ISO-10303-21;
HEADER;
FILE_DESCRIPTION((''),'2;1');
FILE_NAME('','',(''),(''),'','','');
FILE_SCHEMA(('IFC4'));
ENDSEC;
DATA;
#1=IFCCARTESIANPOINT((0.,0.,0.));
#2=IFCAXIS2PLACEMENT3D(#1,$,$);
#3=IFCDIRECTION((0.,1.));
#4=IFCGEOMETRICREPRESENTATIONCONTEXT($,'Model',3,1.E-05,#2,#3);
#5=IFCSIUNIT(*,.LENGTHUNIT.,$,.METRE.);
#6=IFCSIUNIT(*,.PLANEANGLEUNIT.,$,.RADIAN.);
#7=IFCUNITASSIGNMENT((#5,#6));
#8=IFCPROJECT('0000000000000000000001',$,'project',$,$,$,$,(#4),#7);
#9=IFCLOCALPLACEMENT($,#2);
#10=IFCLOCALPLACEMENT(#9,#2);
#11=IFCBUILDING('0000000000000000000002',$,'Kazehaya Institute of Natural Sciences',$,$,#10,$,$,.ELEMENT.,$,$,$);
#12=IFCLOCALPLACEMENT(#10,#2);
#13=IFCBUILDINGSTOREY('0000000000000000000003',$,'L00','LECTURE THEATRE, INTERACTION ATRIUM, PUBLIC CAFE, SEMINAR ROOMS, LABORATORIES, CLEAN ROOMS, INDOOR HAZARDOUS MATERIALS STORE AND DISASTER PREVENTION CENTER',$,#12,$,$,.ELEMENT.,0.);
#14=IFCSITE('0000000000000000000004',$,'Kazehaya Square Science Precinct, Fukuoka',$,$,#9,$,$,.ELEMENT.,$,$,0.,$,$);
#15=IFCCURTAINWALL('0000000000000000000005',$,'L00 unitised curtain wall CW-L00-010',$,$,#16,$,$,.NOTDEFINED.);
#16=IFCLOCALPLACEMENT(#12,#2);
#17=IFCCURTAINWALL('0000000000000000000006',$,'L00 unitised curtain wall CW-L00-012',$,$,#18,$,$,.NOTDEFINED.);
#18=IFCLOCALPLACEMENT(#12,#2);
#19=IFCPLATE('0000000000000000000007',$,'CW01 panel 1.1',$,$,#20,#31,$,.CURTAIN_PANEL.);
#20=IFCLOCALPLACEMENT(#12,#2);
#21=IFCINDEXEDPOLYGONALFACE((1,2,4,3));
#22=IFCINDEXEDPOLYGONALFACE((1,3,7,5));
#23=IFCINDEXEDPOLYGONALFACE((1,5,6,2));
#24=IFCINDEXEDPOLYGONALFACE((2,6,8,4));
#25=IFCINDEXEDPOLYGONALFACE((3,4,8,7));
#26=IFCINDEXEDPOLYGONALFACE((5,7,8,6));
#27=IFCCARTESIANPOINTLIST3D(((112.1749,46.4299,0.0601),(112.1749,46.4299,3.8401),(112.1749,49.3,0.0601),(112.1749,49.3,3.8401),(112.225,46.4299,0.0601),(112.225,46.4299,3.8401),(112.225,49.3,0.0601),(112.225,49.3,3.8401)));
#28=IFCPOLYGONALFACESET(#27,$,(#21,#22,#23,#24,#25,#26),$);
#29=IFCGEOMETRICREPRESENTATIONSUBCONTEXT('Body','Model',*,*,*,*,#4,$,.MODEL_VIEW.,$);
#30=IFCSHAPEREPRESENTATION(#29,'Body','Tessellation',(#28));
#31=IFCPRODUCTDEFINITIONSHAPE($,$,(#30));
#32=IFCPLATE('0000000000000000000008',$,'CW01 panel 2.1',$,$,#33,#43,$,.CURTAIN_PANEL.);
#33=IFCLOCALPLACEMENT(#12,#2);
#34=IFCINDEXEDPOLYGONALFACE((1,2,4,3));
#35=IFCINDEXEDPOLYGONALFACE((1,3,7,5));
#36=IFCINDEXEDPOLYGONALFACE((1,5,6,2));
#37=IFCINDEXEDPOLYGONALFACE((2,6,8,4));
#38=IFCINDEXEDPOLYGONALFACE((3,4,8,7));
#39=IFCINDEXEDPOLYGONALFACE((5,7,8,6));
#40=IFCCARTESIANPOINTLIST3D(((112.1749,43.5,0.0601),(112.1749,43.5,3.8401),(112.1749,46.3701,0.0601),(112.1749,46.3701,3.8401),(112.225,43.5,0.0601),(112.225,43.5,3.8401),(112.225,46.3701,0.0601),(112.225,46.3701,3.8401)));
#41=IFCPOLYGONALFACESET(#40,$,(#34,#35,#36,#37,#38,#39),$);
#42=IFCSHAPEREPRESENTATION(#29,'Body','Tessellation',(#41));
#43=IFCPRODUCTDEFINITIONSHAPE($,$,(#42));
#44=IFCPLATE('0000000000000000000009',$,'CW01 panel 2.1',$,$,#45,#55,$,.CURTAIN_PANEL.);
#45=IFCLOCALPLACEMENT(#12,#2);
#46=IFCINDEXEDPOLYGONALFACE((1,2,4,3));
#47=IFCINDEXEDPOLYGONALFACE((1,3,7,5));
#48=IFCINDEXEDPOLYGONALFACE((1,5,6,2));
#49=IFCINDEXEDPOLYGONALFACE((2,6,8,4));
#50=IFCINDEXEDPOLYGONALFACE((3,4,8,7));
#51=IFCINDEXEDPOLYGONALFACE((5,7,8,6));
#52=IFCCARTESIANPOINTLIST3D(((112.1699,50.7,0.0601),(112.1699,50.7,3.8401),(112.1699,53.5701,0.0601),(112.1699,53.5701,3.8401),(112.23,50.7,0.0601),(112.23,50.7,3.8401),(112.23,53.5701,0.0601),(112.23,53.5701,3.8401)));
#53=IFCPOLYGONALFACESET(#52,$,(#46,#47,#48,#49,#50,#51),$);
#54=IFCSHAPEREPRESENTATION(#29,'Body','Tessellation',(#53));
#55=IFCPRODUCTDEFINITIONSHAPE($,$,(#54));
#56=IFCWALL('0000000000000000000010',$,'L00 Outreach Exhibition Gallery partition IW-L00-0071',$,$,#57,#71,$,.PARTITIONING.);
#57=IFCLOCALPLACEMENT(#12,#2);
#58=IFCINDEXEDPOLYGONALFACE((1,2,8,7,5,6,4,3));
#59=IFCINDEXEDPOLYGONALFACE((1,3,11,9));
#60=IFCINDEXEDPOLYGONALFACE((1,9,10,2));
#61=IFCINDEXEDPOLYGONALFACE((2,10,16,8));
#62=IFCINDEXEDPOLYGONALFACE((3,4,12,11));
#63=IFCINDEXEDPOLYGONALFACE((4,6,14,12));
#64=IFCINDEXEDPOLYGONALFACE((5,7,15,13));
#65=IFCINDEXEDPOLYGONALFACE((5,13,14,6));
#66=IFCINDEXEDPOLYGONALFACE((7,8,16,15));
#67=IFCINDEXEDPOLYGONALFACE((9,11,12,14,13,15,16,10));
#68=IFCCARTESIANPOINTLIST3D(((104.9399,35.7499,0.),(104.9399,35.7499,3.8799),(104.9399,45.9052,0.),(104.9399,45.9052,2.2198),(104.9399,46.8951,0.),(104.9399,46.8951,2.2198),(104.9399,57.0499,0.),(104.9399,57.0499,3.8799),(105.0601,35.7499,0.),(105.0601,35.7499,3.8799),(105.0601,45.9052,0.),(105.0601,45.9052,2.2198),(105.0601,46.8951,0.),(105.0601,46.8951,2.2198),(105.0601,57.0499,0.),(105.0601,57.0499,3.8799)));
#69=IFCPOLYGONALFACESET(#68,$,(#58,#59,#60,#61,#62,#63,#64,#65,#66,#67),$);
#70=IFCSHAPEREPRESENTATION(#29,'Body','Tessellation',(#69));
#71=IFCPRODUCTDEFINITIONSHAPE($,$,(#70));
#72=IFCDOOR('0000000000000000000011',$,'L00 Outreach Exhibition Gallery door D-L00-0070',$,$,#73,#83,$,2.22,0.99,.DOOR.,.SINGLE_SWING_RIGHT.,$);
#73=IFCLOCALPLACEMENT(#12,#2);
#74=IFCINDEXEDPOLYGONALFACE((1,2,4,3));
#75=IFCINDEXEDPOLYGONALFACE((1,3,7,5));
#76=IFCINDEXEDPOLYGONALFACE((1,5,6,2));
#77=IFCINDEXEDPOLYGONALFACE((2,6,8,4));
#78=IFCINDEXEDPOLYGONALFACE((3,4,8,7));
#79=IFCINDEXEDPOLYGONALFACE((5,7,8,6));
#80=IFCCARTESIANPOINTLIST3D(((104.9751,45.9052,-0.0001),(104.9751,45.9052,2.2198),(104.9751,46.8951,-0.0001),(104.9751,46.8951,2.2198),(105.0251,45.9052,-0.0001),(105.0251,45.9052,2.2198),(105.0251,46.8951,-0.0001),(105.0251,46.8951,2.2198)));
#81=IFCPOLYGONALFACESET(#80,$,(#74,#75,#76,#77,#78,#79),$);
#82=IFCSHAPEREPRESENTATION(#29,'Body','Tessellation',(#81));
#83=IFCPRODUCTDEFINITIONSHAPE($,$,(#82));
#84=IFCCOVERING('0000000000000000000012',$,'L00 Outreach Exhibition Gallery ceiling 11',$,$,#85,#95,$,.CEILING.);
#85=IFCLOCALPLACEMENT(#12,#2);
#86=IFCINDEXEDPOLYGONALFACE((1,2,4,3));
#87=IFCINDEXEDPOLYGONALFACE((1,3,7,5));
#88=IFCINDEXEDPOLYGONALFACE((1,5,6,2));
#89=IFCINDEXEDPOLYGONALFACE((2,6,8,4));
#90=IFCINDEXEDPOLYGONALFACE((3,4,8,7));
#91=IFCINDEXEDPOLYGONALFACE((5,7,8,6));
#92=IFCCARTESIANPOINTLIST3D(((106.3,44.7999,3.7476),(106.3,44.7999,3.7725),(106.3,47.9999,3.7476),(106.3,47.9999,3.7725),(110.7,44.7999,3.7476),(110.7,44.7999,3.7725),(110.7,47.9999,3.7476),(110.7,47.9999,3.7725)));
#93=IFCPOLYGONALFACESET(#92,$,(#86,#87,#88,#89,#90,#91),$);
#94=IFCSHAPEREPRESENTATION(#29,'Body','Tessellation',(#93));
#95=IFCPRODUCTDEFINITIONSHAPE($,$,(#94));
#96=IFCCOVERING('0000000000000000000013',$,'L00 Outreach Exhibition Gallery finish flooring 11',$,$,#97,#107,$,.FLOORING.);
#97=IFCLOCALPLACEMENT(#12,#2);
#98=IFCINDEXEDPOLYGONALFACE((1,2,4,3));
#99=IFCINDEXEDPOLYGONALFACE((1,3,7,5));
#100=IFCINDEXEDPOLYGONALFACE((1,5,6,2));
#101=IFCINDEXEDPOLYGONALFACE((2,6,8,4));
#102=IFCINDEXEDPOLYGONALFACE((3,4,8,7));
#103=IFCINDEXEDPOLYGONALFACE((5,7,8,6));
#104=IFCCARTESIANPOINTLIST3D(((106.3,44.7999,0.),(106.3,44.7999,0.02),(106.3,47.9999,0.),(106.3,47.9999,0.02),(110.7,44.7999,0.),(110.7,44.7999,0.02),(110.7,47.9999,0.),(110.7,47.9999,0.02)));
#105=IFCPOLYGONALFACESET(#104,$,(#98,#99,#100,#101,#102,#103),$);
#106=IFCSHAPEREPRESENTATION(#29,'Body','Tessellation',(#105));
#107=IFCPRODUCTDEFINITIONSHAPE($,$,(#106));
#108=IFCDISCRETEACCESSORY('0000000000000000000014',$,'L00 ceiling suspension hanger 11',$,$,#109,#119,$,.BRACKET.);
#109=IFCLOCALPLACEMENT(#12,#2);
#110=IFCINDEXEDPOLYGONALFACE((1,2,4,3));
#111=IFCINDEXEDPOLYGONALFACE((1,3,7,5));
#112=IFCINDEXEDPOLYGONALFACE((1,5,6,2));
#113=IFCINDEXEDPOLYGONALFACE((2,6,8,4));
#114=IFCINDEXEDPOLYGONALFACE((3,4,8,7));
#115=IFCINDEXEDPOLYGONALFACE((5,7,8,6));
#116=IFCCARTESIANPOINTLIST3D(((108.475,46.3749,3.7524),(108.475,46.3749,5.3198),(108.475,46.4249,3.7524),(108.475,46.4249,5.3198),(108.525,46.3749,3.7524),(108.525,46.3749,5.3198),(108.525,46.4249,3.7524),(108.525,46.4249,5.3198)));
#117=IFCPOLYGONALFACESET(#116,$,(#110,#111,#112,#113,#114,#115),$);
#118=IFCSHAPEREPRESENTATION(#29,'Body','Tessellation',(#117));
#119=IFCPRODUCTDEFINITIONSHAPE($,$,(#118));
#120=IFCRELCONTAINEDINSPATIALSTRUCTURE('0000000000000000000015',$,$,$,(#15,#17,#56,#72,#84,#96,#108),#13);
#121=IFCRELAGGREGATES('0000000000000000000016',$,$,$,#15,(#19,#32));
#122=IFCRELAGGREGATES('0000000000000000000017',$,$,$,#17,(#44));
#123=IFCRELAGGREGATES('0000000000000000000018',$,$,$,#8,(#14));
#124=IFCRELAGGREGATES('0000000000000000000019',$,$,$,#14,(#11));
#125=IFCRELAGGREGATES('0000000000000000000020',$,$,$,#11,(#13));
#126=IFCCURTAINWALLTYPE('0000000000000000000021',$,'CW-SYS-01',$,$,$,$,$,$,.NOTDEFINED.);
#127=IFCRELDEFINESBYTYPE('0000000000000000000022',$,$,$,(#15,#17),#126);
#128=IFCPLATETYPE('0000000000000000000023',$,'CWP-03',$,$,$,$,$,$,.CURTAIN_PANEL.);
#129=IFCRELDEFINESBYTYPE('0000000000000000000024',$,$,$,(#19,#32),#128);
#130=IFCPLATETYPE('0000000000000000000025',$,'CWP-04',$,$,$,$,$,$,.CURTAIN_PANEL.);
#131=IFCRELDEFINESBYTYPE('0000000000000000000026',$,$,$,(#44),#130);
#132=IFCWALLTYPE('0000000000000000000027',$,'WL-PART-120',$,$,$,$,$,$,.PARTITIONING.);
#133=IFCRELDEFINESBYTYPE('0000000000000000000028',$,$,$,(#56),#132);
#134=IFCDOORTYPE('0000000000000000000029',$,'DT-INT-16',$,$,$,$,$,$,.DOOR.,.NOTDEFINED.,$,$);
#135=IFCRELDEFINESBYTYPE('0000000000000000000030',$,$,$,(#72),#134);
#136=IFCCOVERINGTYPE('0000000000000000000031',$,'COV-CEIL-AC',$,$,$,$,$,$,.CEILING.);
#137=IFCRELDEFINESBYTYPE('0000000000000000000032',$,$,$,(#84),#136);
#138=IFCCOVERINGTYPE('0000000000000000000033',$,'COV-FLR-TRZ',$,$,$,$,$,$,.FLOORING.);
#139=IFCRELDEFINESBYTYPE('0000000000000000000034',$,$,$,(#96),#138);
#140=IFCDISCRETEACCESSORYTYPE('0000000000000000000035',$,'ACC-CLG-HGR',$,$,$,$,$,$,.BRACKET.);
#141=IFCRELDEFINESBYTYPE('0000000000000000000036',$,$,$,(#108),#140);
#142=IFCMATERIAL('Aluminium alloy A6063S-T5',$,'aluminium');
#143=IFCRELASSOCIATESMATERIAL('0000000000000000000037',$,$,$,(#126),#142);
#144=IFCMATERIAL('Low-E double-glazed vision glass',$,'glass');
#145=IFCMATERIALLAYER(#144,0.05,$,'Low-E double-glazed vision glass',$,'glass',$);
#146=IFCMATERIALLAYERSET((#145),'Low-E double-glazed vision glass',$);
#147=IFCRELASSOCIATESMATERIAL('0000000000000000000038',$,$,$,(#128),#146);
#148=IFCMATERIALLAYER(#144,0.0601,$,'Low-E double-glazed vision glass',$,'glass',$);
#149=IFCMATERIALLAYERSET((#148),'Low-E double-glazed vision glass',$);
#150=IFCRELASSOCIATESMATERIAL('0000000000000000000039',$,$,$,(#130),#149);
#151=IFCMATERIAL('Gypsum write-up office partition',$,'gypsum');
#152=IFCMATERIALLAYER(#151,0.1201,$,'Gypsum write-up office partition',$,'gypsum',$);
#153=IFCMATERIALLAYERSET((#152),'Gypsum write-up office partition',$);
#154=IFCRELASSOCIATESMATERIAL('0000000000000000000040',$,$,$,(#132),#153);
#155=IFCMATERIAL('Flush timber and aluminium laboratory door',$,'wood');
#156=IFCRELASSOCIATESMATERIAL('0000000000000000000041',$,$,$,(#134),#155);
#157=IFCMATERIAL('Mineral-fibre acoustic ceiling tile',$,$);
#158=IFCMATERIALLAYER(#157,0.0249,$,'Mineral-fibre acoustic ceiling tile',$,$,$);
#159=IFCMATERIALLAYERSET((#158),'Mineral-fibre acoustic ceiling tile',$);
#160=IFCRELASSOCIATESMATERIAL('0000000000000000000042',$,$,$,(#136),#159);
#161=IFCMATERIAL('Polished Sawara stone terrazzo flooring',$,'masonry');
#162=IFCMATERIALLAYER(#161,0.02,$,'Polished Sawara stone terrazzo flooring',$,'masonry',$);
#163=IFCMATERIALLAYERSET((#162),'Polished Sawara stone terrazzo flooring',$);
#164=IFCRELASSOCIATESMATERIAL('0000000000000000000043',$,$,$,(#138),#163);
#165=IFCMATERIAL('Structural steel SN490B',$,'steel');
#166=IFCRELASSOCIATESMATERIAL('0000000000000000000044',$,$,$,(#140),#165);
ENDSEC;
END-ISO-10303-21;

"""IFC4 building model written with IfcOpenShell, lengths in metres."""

from ifc_helpers import new_model, si_unit, direction, frame, frame_2d, origin, origin_2d, place, context, subcontext, project, spatial, rectangle, extrude, material, layer, layer_set, type_object, element, fill, aggregate, save


model = new_model("IFC4")

# Units and contexts
model_context = context("Model", 3, precision=1e-05, world=origin(), true_north=direction((0.0, 1.0)))
body_context = subcontext(model_context, "Body", "Model", "MODEL_VIEW")
ifc_project = project(units=[si_unit("LENGTHUNIT", "METRE"), si_unit("PLANEANGLEUNIT", "RADIAN")], contexts=[model_context])

# Site, building, storey
site_placement = place(None, origin())
site = spatial("IfcSite", under=ifc_project, at=site_placement, Name="Kazehaya Square Science Precinct, Fukuoka", CompositionType="ELEMENT", RefElevation=0.0)
building_placement = place(site_placement, origin())
building = spatial("IfcBuilding", under=site, at=building_placement, Name="Kazehaya Institute of Natural Sciences", CompositionType="ELEMENT")
storey_placement = place(building_placement, origin())
storey = spatial("IfcBuildingStorey", under=building, at=storey_placement, Name="L00", Description="LECTURE THEATRE, INTERACTION ATRIUM, PUBLIC CAFE, SEMINAR ROOMS, LABORATORIES, CLEAN ROOMS, INDOOR HAZARDOUS MATERIALS STORE AND DISASTER PREVENTION CENTER", CompositionType="ELEMENT", Elevation=0.0)

# Shared definitions
ifc_material_1 = material(Name="Structural steel SN490B", Category="steel")

# Curtain wall
ifc_material_2 = material(Name="Aluminium alloy A6063S-T5", Category="aluminium")
curtain_wall_type = type_object("IfcCurtainWallType", Name="CW-SYS-01", PredefinedType="NOTDEFINED", material=ifc_material_2)
curtain_wall_1_placement = place(storey_placement, origin())
curtain_wall_1 = element("IfcCurtainWall", 1, at=curtain_wall_1_placement, inside=storey, type_object=curtain_wall_type, Name="L00 unitised curtain wall CW-L00-010", PredefinedType="NOTDEFINED")

# Curtain wall
curtain_wall_2_placement = place(storey_placement, origin())
curtain_wall_2 = element("IfcCurtainWall", 2, at=curtain_wall_2_placement, inside=storey, type_object=curtain_wall_type, Name="L00 unitised curtain wall CW-L00-012", PredefinedType="NOTDEFINED")

# Plates
ifc_material_3 = material(Name="Low-E double-glazed vision glass", Category="glass")
ifc_layer_1 = layer(ifc_material_3, 0.05, Name="Low-E double-glazed vision glass", Category="glass")
ifc_layer_set_1 = layer_set([ifc_layer_1], Name="Low-E double-glazed vision glass")
plate_type_1 = type_object("IfcPlateType", Name="CWP-03", PredefinedType="CURTAIN_PANEL", material=ifc_layer_set_1)
plate_1_placement = place(storey_placement, frame((112.2, 47.865, 0.0601), z_axis=(0.0, 0.0, 1.0), x_axis=(0.0, -1.0, 0.0)))
plate_1 = element("IfcPlate", 3, at=plate_1_placement, type_object=plate_type_1, Name="CW01 panel 1.1", PredefinedType="CURTAIN_PANEL", context=body_context, shape_type="SweptSolid", body=[
    extrude(rectangle(XDim=2.8701, YDim=0.05, at=origin_2d()), origin(), (0.0, 0.0, 1.0), 3.78),
])
plate_2_placement = place(storey_placement, frame((112.2, 44.9351, 0.0601), z_axis=(0.0, 0.0, 1.0), x_axis=(0.0, -1.0, 0.0)))
plate_2 = element("IfcPlate", 4, at=plate_2_placement, type_object=plate_type_1, Name="CW01 panel 2.1", PredefinedType="CURTAIN_PANEL", context=body_context, shape_type="SweptSolid", body=[
    extrude(rectangle(XDim=2.8701, YDim=0.05, at=origin_2d()), origin(), (0.0, 0.0, 1.0), 3.78),
])
aggregate(curtain_wall_1, [plate_1, plate_2])
ifc_layer_2 = layer(ifc_material_3, 0.0601, Name="Low-E double-glazed vision glass", Category="glass")
ifc_layer_set_2 = layer_set([ifc_layer_2], Name="Low-E double-glazed vision glass")
plate_type_2 = type_object("IfcPlateType", Name="CWP-04", PredefinedType="CURTAIN_PANEL", material=ifc_layer_set_2)
plate_3_placement = place(storey_placement, frame((112.2, 52.135, 0.0601), z_axis=(0.0, 0.0, 1.0), x_axis=(0.0, -1.0, 0.0)))
plate_3 = element("IfcPlate", 5, at=plate_3_placement, type_object=plate_type_2, Name="CW01 panel 2.1", PredefinedType="CURTAIN_PANEL", context=body_context, shape_type="SweptSolid", body=[
    extrude(rectangle(XDim=2.8701, YDim=0.0601, at=origin_2d()), origin(), (0.0, 0.0, 1.0), 3.78),
])
aggregate(curtain_wall_2, [plate_3])

# Wall, opening, door
ifc_material_4 = material(Name="Gypsum write-up office partition", Category="gypsum")
ifc_layer_3 = layer(ifc_material_4, 0.1201, Name="Gypsum write-up office partition", Category="gypsum")
ifc_layer_set_3 = layer_set([ifc_layer_3], Name="Gypsum write-up office partition")
wall_type = type_object("IfcWallType", Name="WL-PART-120", PredefinedType="PARTITIONING", material=ifc_layer_set_3)
wall_placement = place(storey_placement, frame((105.0, 35.75, 0.0), z_axis=(0.0, 0.0, 1.0), x_axis=(0.0, 1.0, 0.0)))
wall = element("IfcWall", 6, at=wall_placement, inside=storey, type_object=wall_type, Name="L00 Outreach Exhibition Gallery partition IW-L00-0071", PredefinedType="PARTITIONING", context=body_context, shape_type="SweptSolid", body=[
    extrude(rectangle(XDim=21.3, YDim=0.1201, at=frame_2d((10.6499, 0.0))), origin(), (0.0, 0.0, 1.0), 3.8799),
])
opening_placement = place(wall_placement, frame((10.155, 0.0, 0.0)))
opening = element("IfcOpeningElement", 7, at=opening_placement, cuts=wall, PredefinedType="OPENING", context=body_context, shape_type="SweptSolid", body=[
    extrude(rectangle(XDim=0.99, YDim=2.22, at=frame_2d((0.4951, 1.1099))), frame((0.0, 0.0701, 0.0), z_axis=(0.0, -1.0, 0.0), x_axis=(1.0, 0.0, 0.0)), (0.0, 0.0, 1.0), 0.1401),
])
ifc_material_5 = material(Name="Flush timber and aluminium laboratory door", Category="wood")
door_type = type_object("IfcDoorType", Name="DT-INT-16", OperationType="NOTDEFINED", PredefinedType="DOOR", material=ifc_material_5)
door_placement = place(opening_placement, origin())
door = element("IfcDoor", 8, at=door_placement, inside=storey, type_object=door_type, Name="L00 Outreach Exhibition Gallery door D-L00-0070", OperationType="SINGLE_SWING_RIGHT", OverallHeight=2.22, OverallWidth=0.99, PredefinedType="DOOR", context=body_context, shape_type="SweptSolid", body=[
    extrude(rectangle(XDim=0.99, YDim=2.22, at=frame_2d((0.4951, 1.1099))), frame((0.0, 0.0249, 0.0), z_axis=(0.0, -1.0, 0.0), x_axis=(1.0, 0.0, 0.0)), (0.0, 0.0, 1.0), 0.05),
])
fill(opening, door)

# Coverings
ifc_material_6 = material(Name="Mineral-fibre acoustic ceiling tile")
ifc_layer_4 = layer(ifc_material_6, 0.0249, Name="Mineral-fibre acoustic ceiling tile")
ifc_layer_set_4 = layer_set([ifc_layer_4], Name="Mineral-fibre acoustic ceiling tile")
covering_type_1 = type_object("IfcCoveringType", Name="COV-CEIL-AC", PredefinedType="CEILING", material=ifc_layer_set_4)
covering_1_placement = place(storey_placement, frame((108.5, 46.3999, 3.7476), z_axis=(0.0, 0.0, 1.0), x_axis=(1.0, 0.0, 0.0)))
element("IfcCovering", 9, at=covering_1_placement, inside=storey, type_object=covering_type_1, Name="L00 Outreach Exhibition Gallery ceiling 11", PredefinedType="CEILING", context=body_context, shape_type="SweptSolid", body=[
    extrude(rectangle(XDim=4.3999, YDim=3.2, at=origin_2d()), origin(), (0.0, 0.0, 1.0), 0.0249),
])
ifc_material_7 = material(Name="Polished Sawara stone terrazzo flooring", Category="masonry")
ifc_layer_5 = layer(ifc_material_7, 0.02, Name="Polished Sawara stone terrazzo flooring", Category="masonry")
ifc_layer_set_5 = layer_set([ifc_layer_5], Name="Polished Sawara stone terrazzo flooring")
covering_type_2 = type_object("IfcCoveringType", Name="COV-FLR-TRZ", PredefinedType="FLOORING", material=ifc_layer_set_5)
covering_2_placement = place(storey_placement, frame((108.5, 46.3999, 0.0), z_axis=(0.0, 0.0, 1.0), x_axis=(1.0, 0.0, 0.0)))
element("IfcCovering", 10, at=covering_2_placement, inside=storey, type_object=covering_type_2, Name="L00 Outreach Exhibition Gallery finish flooring 11", PredefinedType="FLOORING", context=body_context, shape_type="SweptSolid", body=[
    extrude(rectangle(XDim=4.3999, YDim=3.2, at=origin_2d()), origin(), (0.0, 0.0, 1.0), 0.02),
])

# Discrete accessory
discrete_accessory_type = type_object("IfcDiscreteAccessoryType", Name="ACC-CLG-HGR", PredefinedType="BRACKET", material=ifc_material_1)
discrete_accessory_placement = place(storey_placement, frame((108.5, 46.3999, 3.7524), z_axis=(0.0, 0.0, 1.0), x_axis=(1.0, 0.0, 0.0)))
element("IfcDiscreteAccessory", 11, at=discrete_accessory_placement, inside=storey, type_object=discrete_accessory_type, Name="L00 ceiling suspension hanger 11", PredefinedType="BRACKET", context=body_context, shape_type="SweptSolid", body=[
    extrude(rectangle(XDim=0.05, YDim=0.05, at=origin_2d()), origin(), (0.0, 0.0, 1.0), 1.5674),
])

save(model, "model.ifc")
